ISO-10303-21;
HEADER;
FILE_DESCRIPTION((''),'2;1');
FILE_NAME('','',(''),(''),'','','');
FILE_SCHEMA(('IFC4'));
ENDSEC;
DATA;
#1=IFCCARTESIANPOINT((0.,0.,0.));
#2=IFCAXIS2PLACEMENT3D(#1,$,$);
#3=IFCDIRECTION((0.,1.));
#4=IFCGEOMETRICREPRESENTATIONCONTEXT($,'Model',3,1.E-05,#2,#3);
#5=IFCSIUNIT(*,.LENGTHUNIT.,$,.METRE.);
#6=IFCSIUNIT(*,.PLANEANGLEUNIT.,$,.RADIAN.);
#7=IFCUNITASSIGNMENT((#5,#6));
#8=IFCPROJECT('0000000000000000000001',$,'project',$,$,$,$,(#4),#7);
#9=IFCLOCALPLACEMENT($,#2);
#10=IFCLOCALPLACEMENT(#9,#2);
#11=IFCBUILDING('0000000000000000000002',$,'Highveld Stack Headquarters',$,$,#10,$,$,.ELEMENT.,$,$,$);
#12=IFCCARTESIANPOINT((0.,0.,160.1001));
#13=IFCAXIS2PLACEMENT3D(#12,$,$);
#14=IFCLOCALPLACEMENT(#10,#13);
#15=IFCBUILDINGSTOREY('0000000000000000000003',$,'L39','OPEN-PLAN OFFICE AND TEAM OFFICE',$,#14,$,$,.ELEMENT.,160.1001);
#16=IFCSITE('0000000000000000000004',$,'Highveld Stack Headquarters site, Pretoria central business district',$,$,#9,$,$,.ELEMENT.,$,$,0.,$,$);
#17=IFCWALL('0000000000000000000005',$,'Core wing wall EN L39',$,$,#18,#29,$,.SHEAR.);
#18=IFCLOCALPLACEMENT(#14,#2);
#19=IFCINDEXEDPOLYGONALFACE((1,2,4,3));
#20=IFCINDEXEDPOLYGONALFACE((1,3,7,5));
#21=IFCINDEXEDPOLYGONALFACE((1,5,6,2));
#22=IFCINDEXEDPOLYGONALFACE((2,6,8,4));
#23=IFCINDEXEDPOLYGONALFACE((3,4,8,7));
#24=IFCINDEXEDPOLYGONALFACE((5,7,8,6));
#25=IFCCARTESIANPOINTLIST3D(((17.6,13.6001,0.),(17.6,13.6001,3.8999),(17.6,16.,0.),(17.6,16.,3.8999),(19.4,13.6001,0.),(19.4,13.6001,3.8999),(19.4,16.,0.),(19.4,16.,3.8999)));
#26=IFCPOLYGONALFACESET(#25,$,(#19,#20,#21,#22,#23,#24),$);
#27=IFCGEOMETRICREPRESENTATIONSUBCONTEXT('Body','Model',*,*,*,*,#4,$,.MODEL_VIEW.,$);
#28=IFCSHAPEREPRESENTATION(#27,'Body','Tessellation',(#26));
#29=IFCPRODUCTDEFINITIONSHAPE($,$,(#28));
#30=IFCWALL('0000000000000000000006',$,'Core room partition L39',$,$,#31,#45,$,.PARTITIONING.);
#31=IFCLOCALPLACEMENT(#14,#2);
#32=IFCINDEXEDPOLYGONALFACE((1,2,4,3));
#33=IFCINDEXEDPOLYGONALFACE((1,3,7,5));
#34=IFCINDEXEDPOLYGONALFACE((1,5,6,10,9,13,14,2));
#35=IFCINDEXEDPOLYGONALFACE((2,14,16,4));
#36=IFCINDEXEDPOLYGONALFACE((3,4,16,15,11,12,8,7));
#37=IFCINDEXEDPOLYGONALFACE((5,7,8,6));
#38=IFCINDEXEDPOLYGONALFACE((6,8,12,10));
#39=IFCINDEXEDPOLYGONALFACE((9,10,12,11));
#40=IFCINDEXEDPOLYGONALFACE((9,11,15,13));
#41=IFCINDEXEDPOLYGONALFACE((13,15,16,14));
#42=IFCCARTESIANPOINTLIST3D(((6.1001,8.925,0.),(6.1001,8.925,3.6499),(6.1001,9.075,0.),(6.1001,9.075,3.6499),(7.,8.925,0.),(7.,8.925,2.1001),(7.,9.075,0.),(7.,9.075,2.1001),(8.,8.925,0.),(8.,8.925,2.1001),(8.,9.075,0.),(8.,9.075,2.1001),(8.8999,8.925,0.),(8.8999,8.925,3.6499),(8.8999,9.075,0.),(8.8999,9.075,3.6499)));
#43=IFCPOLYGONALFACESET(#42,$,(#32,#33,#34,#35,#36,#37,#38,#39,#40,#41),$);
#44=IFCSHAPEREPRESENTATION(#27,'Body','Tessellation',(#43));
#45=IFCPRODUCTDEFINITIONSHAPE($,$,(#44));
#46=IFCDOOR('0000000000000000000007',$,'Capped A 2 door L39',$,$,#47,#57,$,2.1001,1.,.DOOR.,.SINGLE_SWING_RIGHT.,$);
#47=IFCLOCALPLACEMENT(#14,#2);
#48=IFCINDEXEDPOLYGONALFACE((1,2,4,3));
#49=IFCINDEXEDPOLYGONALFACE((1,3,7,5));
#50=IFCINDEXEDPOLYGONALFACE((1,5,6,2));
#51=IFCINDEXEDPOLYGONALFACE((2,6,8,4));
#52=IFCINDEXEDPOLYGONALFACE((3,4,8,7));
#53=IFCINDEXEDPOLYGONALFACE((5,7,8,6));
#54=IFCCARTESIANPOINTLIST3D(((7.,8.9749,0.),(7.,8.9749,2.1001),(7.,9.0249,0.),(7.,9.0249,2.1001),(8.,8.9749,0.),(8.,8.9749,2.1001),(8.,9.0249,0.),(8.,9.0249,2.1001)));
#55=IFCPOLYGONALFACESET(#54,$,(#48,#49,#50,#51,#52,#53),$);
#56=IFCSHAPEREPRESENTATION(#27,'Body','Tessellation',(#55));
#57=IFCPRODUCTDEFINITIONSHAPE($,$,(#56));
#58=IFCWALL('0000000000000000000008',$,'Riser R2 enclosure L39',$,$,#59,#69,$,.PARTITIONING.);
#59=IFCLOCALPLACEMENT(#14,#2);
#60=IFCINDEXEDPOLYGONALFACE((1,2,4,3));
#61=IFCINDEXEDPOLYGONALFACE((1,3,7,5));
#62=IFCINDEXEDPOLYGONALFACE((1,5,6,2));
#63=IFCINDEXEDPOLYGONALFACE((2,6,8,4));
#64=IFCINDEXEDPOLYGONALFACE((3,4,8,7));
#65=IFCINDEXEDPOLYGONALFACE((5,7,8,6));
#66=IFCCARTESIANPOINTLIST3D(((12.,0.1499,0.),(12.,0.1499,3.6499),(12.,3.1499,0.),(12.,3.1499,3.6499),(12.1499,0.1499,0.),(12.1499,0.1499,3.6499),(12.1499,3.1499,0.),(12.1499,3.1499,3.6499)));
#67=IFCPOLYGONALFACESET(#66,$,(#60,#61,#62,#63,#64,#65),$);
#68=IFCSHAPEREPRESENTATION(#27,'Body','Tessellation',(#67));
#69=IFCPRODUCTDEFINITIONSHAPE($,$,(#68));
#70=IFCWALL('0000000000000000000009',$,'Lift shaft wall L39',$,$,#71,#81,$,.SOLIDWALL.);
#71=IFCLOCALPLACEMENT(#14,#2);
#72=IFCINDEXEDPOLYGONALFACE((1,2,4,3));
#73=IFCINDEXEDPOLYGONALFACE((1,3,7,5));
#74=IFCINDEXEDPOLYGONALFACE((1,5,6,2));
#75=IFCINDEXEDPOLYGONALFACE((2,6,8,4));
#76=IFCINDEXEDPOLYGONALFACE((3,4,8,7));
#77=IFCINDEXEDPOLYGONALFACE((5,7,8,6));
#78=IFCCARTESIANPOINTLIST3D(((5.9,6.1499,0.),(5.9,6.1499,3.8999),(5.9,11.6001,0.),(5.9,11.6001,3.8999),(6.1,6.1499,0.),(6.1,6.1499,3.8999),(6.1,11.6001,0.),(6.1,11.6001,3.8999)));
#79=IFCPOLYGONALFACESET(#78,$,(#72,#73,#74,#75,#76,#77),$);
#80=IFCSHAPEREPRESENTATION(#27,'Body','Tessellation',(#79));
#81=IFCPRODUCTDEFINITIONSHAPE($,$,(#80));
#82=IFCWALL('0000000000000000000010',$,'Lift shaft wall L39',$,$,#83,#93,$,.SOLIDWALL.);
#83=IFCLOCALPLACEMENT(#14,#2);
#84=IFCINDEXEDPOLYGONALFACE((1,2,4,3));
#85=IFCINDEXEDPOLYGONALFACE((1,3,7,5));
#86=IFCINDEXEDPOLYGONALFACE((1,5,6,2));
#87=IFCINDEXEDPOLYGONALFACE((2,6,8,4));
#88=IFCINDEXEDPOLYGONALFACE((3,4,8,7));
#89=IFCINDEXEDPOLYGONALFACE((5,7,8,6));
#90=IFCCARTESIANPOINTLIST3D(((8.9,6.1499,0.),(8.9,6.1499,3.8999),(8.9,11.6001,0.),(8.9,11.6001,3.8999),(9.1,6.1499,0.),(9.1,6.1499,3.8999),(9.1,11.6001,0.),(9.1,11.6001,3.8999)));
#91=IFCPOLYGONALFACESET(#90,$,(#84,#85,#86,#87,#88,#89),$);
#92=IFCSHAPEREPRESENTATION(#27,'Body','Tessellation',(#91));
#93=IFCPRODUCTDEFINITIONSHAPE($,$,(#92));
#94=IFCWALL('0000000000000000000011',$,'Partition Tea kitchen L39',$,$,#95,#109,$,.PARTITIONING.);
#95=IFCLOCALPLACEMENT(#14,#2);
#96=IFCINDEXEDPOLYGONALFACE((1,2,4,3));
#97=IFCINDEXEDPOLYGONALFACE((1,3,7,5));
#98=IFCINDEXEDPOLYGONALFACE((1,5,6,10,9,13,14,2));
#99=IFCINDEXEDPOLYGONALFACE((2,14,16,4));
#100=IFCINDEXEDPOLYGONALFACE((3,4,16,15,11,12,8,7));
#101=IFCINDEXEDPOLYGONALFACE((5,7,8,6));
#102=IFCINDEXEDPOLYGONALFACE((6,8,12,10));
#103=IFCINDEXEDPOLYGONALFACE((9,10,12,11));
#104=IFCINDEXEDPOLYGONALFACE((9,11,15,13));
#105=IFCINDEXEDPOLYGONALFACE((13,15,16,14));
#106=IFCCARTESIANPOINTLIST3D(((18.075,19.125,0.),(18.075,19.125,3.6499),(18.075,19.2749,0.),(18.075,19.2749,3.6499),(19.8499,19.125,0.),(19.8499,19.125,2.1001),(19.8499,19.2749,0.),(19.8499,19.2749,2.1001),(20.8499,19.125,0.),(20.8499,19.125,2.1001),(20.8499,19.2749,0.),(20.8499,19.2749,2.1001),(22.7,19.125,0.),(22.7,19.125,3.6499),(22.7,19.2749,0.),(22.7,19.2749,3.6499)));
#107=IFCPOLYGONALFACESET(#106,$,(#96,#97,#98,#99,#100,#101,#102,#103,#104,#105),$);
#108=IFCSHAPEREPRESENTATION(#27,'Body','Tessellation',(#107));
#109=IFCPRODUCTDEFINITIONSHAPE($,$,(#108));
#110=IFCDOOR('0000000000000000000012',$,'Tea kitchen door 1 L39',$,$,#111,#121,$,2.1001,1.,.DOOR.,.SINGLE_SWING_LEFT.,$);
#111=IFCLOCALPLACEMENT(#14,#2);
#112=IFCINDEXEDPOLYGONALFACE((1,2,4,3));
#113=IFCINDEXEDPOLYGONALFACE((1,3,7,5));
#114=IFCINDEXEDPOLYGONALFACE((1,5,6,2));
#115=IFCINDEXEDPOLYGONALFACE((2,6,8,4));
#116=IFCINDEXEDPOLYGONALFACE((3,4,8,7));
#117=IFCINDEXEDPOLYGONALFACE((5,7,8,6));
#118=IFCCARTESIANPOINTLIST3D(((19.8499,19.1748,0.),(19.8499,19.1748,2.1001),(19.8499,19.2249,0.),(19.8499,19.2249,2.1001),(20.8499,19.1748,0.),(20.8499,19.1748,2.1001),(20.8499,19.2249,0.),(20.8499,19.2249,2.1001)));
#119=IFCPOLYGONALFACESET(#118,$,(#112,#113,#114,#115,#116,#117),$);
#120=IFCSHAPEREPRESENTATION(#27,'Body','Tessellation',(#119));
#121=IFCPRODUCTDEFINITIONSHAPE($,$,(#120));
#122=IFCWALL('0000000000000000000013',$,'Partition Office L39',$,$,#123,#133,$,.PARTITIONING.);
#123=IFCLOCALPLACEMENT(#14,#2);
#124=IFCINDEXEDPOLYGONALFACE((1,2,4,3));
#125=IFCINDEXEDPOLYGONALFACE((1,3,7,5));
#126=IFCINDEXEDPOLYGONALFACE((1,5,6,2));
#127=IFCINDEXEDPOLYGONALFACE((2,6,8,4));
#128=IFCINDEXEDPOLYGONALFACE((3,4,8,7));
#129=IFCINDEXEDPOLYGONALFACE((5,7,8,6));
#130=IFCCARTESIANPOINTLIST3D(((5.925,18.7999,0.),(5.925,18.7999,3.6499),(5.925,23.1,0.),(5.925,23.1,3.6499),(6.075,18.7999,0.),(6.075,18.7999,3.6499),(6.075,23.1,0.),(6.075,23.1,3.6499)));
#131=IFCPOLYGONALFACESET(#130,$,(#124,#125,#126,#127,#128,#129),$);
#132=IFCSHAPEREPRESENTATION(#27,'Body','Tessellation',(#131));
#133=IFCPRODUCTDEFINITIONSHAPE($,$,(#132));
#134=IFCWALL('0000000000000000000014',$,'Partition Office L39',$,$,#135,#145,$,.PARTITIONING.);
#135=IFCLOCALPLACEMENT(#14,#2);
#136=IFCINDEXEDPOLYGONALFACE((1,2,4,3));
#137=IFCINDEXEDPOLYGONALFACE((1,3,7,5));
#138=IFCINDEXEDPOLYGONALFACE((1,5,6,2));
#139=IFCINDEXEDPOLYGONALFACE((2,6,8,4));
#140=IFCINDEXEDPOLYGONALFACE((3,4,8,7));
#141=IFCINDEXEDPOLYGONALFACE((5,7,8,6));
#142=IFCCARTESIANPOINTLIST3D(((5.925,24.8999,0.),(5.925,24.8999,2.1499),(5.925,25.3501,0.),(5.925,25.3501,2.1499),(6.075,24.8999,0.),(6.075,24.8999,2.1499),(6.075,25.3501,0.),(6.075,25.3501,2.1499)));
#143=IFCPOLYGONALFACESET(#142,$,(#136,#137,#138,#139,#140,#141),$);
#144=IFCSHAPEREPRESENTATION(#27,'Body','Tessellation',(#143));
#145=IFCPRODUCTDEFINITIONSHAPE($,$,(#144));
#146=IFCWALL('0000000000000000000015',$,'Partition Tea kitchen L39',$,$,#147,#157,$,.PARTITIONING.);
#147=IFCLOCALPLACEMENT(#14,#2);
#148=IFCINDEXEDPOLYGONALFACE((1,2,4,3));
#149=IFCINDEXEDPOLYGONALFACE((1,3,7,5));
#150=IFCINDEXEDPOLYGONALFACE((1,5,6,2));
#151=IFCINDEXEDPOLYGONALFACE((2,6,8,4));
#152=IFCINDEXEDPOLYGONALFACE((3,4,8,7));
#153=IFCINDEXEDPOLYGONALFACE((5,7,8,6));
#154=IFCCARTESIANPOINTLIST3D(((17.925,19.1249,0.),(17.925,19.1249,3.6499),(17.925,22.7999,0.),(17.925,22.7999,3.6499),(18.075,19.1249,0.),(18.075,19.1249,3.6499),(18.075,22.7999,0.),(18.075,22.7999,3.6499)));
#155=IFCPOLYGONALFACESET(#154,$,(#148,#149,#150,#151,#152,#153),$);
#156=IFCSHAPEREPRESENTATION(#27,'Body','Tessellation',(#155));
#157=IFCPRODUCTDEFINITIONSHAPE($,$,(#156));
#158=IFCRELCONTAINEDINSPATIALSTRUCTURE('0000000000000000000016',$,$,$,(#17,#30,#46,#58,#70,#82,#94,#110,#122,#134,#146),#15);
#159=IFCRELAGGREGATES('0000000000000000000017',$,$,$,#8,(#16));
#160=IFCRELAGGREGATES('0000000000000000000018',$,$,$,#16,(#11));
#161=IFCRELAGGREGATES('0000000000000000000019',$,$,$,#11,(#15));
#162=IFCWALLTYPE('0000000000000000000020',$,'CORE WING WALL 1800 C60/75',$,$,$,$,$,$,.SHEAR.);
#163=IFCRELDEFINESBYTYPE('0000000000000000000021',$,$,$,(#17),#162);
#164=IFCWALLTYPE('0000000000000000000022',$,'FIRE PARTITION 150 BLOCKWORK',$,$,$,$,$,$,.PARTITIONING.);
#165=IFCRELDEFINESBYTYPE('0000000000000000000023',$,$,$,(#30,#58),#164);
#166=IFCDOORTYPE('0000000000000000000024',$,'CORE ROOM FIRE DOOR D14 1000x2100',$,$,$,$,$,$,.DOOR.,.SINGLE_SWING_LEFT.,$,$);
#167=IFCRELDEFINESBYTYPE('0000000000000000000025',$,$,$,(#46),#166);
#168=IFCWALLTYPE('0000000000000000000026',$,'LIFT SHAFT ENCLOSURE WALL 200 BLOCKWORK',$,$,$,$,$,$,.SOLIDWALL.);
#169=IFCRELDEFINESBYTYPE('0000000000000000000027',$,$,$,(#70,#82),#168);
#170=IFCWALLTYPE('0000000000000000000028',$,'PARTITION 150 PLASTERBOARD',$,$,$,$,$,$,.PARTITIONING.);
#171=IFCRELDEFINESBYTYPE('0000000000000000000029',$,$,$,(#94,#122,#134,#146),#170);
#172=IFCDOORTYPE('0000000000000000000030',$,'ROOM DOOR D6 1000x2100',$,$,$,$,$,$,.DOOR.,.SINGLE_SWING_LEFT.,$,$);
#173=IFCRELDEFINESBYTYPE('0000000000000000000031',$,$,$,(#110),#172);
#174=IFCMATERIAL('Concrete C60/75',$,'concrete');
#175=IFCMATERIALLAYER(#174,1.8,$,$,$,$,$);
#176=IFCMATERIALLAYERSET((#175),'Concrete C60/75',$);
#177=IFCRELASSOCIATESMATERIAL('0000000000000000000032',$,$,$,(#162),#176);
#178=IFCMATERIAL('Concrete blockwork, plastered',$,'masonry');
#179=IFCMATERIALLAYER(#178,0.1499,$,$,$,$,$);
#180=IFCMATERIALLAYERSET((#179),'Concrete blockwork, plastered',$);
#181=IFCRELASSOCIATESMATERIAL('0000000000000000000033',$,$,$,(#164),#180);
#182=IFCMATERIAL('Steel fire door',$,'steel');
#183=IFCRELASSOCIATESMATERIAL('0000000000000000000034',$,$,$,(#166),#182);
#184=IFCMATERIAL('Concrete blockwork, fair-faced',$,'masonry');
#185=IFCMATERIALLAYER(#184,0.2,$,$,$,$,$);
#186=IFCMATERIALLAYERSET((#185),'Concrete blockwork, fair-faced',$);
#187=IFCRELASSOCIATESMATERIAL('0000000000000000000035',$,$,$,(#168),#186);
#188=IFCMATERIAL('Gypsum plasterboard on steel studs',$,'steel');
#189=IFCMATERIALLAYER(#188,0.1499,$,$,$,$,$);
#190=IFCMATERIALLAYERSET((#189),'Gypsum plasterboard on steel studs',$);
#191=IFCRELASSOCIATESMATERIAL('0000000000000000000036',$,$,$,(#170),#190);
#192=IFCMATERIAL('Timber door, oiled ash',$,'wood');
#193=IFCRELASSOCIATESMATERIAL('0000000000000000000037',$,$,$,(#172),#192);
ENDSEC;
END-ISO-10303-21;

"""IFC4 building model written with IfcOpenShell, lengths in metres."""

from ifc_helpers import new_model, si_unit, direction, frame, frame_2d, origin, place, context, subcontext, project, spatial, rectangle, extrude, material, layer, layer_set, type_object, element, fill, save


model = new_model("IFC4")

# Units and contexts
model_context = context("Model", 3, precision=1e-05, world=origin(), true_north=direction((0.0, 1.0)))
body_context = subcontext(model_context, "Body", "Model", "MODEL_VIEW")
ifc_project = project(units=[si_unit("LENGTHUNIT", "METRE"), si_unit("PLANEANGLEUNIT", "RADIAN")], contexts=[model_context])

# Site, building, storey
site_placement = place(None, origin())
site = spatial("IfcSite", under=ifc_project, at=site_placement, Name="Highveld Stack Headquarters site, Pretoria central business district", CompositionType="ELEMENT", RefElevation=0.0)
building_placement = place(site_placement, origin())
building = spatial("IfcBuilding", under=site, at=building_placement, Name="Highveld Stack Headquarters", CompositionType="ELEMENT")
storey_placement = place(building_placement, frame((0.0, 0.0, 160.1001)))
storey = spatial("IfcBuildingStorey", under=building, at=storey_placement, Name="L39", Description="OPEN-PLAN OFFICE AND TEAM OFFICE", CompositionType="ELEMENT", Elevation=160.1001)

# Wall
ifc_material_1 = material(Name="Concrete C60/75", Category="concrete")
ifc_layer_1 = layer(ifc_material_1, 1.8)
ifc_layer_set_1 = layer_set([ifc_layer_1], Name="Concrete C60/75")
wall_type_1 = type_object("IfcWallType", Name="CORE WING WALL 1800 C60/75", PredefinedType="SHEAR", material=ifc_layer_set_1)
wall_1_placement = place(storey_placement, frame((18.5, 13.6001, 0.0), z_axis=(0.0, 0.0, 1.0), x_axis=(0.0, 1.0, 0.0)))
element("IfcWall", 1, at=wall_1_placement, inside=storey, type_object=wall_type_1, Name="Core wing wall EN L39", PredefinedType="SHEAR", context=body_context, shape_type="SweptSolid", body=[
    extrude(rectangle(XDim=2.3999, YDim=1.8, at=frame_2d((1.2, 0.0))), origin(), (0.0, 0.0, 1.0), 3.8999),
])

# Wall, opening, door
ifc_material_2 = material(Name="Concrete blockwork, plastered", Category="masonry")
ifc_layer_2 = layer(ifc_material_2, 0.1499)
ifc_layer_set_2 = layer_set([ifc_layer_2], Name="Concrete blockwork, plastered")
wall_type_2 = type_object("IfcWallType", Name="FIRE PARTITION 150 BLOCKWORK", PredefinedType="PARTITIONING", material=ifc_layer_set_2)
wall_2_placement = place(storey_placement, frame((6.1001, 9.0, 0.0), z_axis=(0.0, 0.0, 1.0), x_axis=(1.0, 0.0, 0.0)))
wall_2 = element("IfcWall", 2, at=wall_2_placement, inside=storey, type_object=wall_type_2, Name="Core room partition L39", PredefinedType="PARTITIONING", context=body_context, shape_type="SweptSolid", body=[
    extrude(rectangle(XDim=2.7998, YDim=0.1499, at=frame_2d((1.3999, 0.0))), origin(), (0.0, 0.0, 1.0), 3.6499),
])
opening_1_placement = place(wall_2_placement, frame((0.8999, 0.0, 0.0)))
opening_1 = element("IfcOpeningElement", 3, at=opening_1_placement, cuts=wall_2, PredefinedType="OPENING", context=body_context, shape_type="SweptSolid", body=[
    extrude(rectangle(XDim=1.0, YDim=2.1001, at=frame_2d((0.5, 1.05))), frame((0.0, 0.085, 0.0), z_axis=(0.0, -1.0, 0.0), x_axis=(1.0, 0.0, 0.0)), (0.0, 0.0, 1.0), 0.1699),
])
ifc_material_3 = material(Name="Steel fire door", Category="steel")
door_type_1 = type_object("IfcDoorType", Name="CORE ROOM FIRE DOOR D14 1000x2100", OperationType="SINGLE_SWING_LEFT", PredefinedType="DOOR", material=ifc_material_3)
door_1_placement = place(opening_1_placement, origin())
door_1 = element("IfcDoor", 4, at=door_1_placement, inside=storey, type_object=door_type_1, Name="Capped A 2 door L39", OperationType="SINGLE_SWING_RIGHT", OverallHeight=2.1001, OverallWidth=1.0, PredefinedType="DOOR", context=body_context, shape_type="SweptSolid", body=[
    extrude(rectangle(XDim=1.0, YDim=2.1001, at=frame_2d((0.5, 1.05))), frame((0.0, 0.0249, 0.0), z_axis=(0.0, -1.0, 0.0), x_axis=(1.0, 0.0, 0.0)), (0.0, 0.0, 1.0), 0.05),
])
fill(opening_1, door_1)

# Walls
wall_3_placement = place(storey_placement, frame((12.075, 0.1499, 0.0), z_axis=(0.0, 0.0, 1.0), x_axis=(0.0, 1.0, 0.0)))
element("IfcWall", 5, at=wall_3_placement, inside=storey, type_object=wall_type_2, Name="Riser R2 enclosure L39", PredefinedType="PARTITIONING", context=body_context, shape_type="SweptSolid", body=[
    extrude(rectangle(XDim=3.0, YDim=0.1499, at=frame_2d((1.5, 0.0))), origin(), (0.0, 0.0, 1.0), 3.6499),
])
ifc_material_4 = material(Name="Concrete blockwork, fair-faced", Category="masonry")
ifc_layer_3 = layer(ifc_material_4, 0.2)
ifc_layer_set_3 = layer_set([ifc_layer_3], Name="Concrete blockwork, fair-faced")
wall_type_3 = type_object("IfcWallType", Name="LIFT SHAFT ENCLOSURE WALL 200 BLOCKWORK", PredefinedType="SOLIDWALL", material=ifc_layer_set_3)
for number, where, z_axis, x_axis, name in (
    (6, (6.0, 6.1499, 0.0), (0.0, 0.0, 1.0), (0.0, 1.0, 0.0), "Lift shaft wall L39"),
    (7, (9.0, 6.1499, 0.0), (0.0, 0.0, 1.0), (0.0, 1.0, 0.0), "Lift shaft wall L39"),
):
    element("IfcWall", number, at=place(storey_placement, frame(where, z_axis=z_axis, x_axis=x_axis)), inside=storey, type_object=wall_type_3, Name=name, PredefinedType="SOLIDWALL", context=body_context, shape_type="SweptSolid", body=[
        extrude(rectangle(XDim=5.4502, YDim=0.2, at=frame_2d((2.7251, 0.0))), origin(), (0.0, 0.0, 1.0), 3.8999),
    ])

# Wall, opening, door
ifc_material_5 = material(Name="Gypsum plasterboard on steel studs", Category="steel")
ifc_layer_4 = layer(ifc_material_5, 0.1499)
ifc_layer_set_4 = layer_set([ifc_layer_4], Name="Gypsum plasterboard on steel studs")
wall_type_4 = type_object("IfcWallType", Name="PARTITION 150 PLASTERBOARD", PredefinedType="PARTITIONING", material=ifc_layer_set_4)
wall_4_placement = place(storey_placement, frame((18.075, 19.2, 0.0), z_axis=(0.0, 0.0, 1.0), x_axis=(1.0, 0.0, 0.0)))
wall_4 = element("IfcWall", 8, at=wall_4_placement, inside=storey, type_object=wall_type_4, Name="Partition Tea kitchen L39", PredefinedType="PARTITIONING", context=body_context, shape_type="SweptSolid", body=[
    extrude(rectangle(XDim=4.625, YDim=0.1499, at=frame_2d((2.3125, 0.0))), origin(), (0.0, 0.0, 1.0), 3.6499),
])
opening_2_placement = place(wall_4_placement, frame((1.7749, 0.0, 0.0)))
opening_2 = element("IfcOpeningElement", 9, at=opening_2_placement, cuts=wall_4, PredefinedType="OPENING", context=body_context, shape_type="SweptSolid", body=[
    extrude(rectangle(XDim=1.0, YDim=2.1001, at=frame_2d((0.5, 1.05))), frame((0.0, 0.085, 0.0), z_axis=(0.0, -1.0, 0.0), x_axis=(1.0, 0.0, 0.0)), (0.0, 0.0, 1.0), 0.1699),
])
ifc_material_6 = material(Name="Timber door, oiled ash", Category="wood")
door_type_2 = type_object("IfcDoorType", Name="ROOM DOOR D6 1000x2100", OperationType="SINGLE_SWING_LEFT", PredefinedType="DOOR", material=ifc_material_6)
door_2_placement = place(opening_2_placement, origin())
door_2 = element("IfcDoor", 10, at=door_2_placement, inside=storey, type_object=door_type_2, Name="Tea kitchen door 1 L39", OperationType="SINGLE_SWING_LEFT", OverallHeight=2.1001, OverallWidth=1.0, PredefinedType="DOOR", context=body_context, shape_type="SweptSolid", body=[
    extrude(rectangle(XDim=1.0, YDim=2.1001, at=frame_2d((0.5, 1.05))), frame((0.0, 0.0249, 0.0), z_axis=(0.0, -1.0, 0.0), x_axis=(1.0, 0.0, 0.0)), (0.0, 0.0, 1.0), 0.05),
])
fill(opening_2, door_2)

# Walls
wall_5_placement = place(storey_placement, frame((6.0, 18.8, 0.0), z_axis=(0.0, 0.0, 1.0), x_axis=(0.0, 1.0, 0.0)))
element("IfcWall", 11, at=wall_5_placement, inside=storey, type_object=wall_type_4, Name="Partition Office L39", PredefinedType="PARTITIONING", context=body_context, shape_type="SweptSolid", body=[
    extrude(rectangle(XDim=4.3, YDim=0.1499, at=frame_2d((2.1499, 0.0))), origin(), (0.0, 0.0, 1.0), 3.6499),
])
wall_6_placement = place(storey_placement, frame((6.0, 24.8999, 0.0), z_axis=(0.0, 0.0, 1.0), x_axis=(0.0, 1.0, 0.0)))
element("IfcWall", 12, at=wall_6_placement, inside=storey, type_object=wall_type_4, Name="Partition Office L39", PredefinedType="PARTITIONING", context=body_context, shape_type="SweptSolid", body=[
    extrude(rectangle(XDim=0.4502, YDim=0.1499, at=frame_2d((0.2251, 0.0))), origin(), (0.0, 0.0, 1.0), 2.1499),
])
wall_7_placement = place(storey_placement, frame((18.0, 19.125, 0.0), z_axis=(0.0, 0.0, 1.0), x_axis=(0.0, 1.0, 0.0)))
element("IfcWall", 13, at=wall_7_placement, inside=storey, type_object=wall_type_4, Name="Partition Tea kitchen L39", PredefinedType="PARTITIONING", context=body_context, shape_type="SweptSolid", body=[
    extrude(rectangle(XDim=3.675, YDim=0.1499, at=frame_2d((1.8374, 0.0))), origin(), (0.0, 0.0, 1.0), 3.6499),
])

save(model, "model.ifc")
